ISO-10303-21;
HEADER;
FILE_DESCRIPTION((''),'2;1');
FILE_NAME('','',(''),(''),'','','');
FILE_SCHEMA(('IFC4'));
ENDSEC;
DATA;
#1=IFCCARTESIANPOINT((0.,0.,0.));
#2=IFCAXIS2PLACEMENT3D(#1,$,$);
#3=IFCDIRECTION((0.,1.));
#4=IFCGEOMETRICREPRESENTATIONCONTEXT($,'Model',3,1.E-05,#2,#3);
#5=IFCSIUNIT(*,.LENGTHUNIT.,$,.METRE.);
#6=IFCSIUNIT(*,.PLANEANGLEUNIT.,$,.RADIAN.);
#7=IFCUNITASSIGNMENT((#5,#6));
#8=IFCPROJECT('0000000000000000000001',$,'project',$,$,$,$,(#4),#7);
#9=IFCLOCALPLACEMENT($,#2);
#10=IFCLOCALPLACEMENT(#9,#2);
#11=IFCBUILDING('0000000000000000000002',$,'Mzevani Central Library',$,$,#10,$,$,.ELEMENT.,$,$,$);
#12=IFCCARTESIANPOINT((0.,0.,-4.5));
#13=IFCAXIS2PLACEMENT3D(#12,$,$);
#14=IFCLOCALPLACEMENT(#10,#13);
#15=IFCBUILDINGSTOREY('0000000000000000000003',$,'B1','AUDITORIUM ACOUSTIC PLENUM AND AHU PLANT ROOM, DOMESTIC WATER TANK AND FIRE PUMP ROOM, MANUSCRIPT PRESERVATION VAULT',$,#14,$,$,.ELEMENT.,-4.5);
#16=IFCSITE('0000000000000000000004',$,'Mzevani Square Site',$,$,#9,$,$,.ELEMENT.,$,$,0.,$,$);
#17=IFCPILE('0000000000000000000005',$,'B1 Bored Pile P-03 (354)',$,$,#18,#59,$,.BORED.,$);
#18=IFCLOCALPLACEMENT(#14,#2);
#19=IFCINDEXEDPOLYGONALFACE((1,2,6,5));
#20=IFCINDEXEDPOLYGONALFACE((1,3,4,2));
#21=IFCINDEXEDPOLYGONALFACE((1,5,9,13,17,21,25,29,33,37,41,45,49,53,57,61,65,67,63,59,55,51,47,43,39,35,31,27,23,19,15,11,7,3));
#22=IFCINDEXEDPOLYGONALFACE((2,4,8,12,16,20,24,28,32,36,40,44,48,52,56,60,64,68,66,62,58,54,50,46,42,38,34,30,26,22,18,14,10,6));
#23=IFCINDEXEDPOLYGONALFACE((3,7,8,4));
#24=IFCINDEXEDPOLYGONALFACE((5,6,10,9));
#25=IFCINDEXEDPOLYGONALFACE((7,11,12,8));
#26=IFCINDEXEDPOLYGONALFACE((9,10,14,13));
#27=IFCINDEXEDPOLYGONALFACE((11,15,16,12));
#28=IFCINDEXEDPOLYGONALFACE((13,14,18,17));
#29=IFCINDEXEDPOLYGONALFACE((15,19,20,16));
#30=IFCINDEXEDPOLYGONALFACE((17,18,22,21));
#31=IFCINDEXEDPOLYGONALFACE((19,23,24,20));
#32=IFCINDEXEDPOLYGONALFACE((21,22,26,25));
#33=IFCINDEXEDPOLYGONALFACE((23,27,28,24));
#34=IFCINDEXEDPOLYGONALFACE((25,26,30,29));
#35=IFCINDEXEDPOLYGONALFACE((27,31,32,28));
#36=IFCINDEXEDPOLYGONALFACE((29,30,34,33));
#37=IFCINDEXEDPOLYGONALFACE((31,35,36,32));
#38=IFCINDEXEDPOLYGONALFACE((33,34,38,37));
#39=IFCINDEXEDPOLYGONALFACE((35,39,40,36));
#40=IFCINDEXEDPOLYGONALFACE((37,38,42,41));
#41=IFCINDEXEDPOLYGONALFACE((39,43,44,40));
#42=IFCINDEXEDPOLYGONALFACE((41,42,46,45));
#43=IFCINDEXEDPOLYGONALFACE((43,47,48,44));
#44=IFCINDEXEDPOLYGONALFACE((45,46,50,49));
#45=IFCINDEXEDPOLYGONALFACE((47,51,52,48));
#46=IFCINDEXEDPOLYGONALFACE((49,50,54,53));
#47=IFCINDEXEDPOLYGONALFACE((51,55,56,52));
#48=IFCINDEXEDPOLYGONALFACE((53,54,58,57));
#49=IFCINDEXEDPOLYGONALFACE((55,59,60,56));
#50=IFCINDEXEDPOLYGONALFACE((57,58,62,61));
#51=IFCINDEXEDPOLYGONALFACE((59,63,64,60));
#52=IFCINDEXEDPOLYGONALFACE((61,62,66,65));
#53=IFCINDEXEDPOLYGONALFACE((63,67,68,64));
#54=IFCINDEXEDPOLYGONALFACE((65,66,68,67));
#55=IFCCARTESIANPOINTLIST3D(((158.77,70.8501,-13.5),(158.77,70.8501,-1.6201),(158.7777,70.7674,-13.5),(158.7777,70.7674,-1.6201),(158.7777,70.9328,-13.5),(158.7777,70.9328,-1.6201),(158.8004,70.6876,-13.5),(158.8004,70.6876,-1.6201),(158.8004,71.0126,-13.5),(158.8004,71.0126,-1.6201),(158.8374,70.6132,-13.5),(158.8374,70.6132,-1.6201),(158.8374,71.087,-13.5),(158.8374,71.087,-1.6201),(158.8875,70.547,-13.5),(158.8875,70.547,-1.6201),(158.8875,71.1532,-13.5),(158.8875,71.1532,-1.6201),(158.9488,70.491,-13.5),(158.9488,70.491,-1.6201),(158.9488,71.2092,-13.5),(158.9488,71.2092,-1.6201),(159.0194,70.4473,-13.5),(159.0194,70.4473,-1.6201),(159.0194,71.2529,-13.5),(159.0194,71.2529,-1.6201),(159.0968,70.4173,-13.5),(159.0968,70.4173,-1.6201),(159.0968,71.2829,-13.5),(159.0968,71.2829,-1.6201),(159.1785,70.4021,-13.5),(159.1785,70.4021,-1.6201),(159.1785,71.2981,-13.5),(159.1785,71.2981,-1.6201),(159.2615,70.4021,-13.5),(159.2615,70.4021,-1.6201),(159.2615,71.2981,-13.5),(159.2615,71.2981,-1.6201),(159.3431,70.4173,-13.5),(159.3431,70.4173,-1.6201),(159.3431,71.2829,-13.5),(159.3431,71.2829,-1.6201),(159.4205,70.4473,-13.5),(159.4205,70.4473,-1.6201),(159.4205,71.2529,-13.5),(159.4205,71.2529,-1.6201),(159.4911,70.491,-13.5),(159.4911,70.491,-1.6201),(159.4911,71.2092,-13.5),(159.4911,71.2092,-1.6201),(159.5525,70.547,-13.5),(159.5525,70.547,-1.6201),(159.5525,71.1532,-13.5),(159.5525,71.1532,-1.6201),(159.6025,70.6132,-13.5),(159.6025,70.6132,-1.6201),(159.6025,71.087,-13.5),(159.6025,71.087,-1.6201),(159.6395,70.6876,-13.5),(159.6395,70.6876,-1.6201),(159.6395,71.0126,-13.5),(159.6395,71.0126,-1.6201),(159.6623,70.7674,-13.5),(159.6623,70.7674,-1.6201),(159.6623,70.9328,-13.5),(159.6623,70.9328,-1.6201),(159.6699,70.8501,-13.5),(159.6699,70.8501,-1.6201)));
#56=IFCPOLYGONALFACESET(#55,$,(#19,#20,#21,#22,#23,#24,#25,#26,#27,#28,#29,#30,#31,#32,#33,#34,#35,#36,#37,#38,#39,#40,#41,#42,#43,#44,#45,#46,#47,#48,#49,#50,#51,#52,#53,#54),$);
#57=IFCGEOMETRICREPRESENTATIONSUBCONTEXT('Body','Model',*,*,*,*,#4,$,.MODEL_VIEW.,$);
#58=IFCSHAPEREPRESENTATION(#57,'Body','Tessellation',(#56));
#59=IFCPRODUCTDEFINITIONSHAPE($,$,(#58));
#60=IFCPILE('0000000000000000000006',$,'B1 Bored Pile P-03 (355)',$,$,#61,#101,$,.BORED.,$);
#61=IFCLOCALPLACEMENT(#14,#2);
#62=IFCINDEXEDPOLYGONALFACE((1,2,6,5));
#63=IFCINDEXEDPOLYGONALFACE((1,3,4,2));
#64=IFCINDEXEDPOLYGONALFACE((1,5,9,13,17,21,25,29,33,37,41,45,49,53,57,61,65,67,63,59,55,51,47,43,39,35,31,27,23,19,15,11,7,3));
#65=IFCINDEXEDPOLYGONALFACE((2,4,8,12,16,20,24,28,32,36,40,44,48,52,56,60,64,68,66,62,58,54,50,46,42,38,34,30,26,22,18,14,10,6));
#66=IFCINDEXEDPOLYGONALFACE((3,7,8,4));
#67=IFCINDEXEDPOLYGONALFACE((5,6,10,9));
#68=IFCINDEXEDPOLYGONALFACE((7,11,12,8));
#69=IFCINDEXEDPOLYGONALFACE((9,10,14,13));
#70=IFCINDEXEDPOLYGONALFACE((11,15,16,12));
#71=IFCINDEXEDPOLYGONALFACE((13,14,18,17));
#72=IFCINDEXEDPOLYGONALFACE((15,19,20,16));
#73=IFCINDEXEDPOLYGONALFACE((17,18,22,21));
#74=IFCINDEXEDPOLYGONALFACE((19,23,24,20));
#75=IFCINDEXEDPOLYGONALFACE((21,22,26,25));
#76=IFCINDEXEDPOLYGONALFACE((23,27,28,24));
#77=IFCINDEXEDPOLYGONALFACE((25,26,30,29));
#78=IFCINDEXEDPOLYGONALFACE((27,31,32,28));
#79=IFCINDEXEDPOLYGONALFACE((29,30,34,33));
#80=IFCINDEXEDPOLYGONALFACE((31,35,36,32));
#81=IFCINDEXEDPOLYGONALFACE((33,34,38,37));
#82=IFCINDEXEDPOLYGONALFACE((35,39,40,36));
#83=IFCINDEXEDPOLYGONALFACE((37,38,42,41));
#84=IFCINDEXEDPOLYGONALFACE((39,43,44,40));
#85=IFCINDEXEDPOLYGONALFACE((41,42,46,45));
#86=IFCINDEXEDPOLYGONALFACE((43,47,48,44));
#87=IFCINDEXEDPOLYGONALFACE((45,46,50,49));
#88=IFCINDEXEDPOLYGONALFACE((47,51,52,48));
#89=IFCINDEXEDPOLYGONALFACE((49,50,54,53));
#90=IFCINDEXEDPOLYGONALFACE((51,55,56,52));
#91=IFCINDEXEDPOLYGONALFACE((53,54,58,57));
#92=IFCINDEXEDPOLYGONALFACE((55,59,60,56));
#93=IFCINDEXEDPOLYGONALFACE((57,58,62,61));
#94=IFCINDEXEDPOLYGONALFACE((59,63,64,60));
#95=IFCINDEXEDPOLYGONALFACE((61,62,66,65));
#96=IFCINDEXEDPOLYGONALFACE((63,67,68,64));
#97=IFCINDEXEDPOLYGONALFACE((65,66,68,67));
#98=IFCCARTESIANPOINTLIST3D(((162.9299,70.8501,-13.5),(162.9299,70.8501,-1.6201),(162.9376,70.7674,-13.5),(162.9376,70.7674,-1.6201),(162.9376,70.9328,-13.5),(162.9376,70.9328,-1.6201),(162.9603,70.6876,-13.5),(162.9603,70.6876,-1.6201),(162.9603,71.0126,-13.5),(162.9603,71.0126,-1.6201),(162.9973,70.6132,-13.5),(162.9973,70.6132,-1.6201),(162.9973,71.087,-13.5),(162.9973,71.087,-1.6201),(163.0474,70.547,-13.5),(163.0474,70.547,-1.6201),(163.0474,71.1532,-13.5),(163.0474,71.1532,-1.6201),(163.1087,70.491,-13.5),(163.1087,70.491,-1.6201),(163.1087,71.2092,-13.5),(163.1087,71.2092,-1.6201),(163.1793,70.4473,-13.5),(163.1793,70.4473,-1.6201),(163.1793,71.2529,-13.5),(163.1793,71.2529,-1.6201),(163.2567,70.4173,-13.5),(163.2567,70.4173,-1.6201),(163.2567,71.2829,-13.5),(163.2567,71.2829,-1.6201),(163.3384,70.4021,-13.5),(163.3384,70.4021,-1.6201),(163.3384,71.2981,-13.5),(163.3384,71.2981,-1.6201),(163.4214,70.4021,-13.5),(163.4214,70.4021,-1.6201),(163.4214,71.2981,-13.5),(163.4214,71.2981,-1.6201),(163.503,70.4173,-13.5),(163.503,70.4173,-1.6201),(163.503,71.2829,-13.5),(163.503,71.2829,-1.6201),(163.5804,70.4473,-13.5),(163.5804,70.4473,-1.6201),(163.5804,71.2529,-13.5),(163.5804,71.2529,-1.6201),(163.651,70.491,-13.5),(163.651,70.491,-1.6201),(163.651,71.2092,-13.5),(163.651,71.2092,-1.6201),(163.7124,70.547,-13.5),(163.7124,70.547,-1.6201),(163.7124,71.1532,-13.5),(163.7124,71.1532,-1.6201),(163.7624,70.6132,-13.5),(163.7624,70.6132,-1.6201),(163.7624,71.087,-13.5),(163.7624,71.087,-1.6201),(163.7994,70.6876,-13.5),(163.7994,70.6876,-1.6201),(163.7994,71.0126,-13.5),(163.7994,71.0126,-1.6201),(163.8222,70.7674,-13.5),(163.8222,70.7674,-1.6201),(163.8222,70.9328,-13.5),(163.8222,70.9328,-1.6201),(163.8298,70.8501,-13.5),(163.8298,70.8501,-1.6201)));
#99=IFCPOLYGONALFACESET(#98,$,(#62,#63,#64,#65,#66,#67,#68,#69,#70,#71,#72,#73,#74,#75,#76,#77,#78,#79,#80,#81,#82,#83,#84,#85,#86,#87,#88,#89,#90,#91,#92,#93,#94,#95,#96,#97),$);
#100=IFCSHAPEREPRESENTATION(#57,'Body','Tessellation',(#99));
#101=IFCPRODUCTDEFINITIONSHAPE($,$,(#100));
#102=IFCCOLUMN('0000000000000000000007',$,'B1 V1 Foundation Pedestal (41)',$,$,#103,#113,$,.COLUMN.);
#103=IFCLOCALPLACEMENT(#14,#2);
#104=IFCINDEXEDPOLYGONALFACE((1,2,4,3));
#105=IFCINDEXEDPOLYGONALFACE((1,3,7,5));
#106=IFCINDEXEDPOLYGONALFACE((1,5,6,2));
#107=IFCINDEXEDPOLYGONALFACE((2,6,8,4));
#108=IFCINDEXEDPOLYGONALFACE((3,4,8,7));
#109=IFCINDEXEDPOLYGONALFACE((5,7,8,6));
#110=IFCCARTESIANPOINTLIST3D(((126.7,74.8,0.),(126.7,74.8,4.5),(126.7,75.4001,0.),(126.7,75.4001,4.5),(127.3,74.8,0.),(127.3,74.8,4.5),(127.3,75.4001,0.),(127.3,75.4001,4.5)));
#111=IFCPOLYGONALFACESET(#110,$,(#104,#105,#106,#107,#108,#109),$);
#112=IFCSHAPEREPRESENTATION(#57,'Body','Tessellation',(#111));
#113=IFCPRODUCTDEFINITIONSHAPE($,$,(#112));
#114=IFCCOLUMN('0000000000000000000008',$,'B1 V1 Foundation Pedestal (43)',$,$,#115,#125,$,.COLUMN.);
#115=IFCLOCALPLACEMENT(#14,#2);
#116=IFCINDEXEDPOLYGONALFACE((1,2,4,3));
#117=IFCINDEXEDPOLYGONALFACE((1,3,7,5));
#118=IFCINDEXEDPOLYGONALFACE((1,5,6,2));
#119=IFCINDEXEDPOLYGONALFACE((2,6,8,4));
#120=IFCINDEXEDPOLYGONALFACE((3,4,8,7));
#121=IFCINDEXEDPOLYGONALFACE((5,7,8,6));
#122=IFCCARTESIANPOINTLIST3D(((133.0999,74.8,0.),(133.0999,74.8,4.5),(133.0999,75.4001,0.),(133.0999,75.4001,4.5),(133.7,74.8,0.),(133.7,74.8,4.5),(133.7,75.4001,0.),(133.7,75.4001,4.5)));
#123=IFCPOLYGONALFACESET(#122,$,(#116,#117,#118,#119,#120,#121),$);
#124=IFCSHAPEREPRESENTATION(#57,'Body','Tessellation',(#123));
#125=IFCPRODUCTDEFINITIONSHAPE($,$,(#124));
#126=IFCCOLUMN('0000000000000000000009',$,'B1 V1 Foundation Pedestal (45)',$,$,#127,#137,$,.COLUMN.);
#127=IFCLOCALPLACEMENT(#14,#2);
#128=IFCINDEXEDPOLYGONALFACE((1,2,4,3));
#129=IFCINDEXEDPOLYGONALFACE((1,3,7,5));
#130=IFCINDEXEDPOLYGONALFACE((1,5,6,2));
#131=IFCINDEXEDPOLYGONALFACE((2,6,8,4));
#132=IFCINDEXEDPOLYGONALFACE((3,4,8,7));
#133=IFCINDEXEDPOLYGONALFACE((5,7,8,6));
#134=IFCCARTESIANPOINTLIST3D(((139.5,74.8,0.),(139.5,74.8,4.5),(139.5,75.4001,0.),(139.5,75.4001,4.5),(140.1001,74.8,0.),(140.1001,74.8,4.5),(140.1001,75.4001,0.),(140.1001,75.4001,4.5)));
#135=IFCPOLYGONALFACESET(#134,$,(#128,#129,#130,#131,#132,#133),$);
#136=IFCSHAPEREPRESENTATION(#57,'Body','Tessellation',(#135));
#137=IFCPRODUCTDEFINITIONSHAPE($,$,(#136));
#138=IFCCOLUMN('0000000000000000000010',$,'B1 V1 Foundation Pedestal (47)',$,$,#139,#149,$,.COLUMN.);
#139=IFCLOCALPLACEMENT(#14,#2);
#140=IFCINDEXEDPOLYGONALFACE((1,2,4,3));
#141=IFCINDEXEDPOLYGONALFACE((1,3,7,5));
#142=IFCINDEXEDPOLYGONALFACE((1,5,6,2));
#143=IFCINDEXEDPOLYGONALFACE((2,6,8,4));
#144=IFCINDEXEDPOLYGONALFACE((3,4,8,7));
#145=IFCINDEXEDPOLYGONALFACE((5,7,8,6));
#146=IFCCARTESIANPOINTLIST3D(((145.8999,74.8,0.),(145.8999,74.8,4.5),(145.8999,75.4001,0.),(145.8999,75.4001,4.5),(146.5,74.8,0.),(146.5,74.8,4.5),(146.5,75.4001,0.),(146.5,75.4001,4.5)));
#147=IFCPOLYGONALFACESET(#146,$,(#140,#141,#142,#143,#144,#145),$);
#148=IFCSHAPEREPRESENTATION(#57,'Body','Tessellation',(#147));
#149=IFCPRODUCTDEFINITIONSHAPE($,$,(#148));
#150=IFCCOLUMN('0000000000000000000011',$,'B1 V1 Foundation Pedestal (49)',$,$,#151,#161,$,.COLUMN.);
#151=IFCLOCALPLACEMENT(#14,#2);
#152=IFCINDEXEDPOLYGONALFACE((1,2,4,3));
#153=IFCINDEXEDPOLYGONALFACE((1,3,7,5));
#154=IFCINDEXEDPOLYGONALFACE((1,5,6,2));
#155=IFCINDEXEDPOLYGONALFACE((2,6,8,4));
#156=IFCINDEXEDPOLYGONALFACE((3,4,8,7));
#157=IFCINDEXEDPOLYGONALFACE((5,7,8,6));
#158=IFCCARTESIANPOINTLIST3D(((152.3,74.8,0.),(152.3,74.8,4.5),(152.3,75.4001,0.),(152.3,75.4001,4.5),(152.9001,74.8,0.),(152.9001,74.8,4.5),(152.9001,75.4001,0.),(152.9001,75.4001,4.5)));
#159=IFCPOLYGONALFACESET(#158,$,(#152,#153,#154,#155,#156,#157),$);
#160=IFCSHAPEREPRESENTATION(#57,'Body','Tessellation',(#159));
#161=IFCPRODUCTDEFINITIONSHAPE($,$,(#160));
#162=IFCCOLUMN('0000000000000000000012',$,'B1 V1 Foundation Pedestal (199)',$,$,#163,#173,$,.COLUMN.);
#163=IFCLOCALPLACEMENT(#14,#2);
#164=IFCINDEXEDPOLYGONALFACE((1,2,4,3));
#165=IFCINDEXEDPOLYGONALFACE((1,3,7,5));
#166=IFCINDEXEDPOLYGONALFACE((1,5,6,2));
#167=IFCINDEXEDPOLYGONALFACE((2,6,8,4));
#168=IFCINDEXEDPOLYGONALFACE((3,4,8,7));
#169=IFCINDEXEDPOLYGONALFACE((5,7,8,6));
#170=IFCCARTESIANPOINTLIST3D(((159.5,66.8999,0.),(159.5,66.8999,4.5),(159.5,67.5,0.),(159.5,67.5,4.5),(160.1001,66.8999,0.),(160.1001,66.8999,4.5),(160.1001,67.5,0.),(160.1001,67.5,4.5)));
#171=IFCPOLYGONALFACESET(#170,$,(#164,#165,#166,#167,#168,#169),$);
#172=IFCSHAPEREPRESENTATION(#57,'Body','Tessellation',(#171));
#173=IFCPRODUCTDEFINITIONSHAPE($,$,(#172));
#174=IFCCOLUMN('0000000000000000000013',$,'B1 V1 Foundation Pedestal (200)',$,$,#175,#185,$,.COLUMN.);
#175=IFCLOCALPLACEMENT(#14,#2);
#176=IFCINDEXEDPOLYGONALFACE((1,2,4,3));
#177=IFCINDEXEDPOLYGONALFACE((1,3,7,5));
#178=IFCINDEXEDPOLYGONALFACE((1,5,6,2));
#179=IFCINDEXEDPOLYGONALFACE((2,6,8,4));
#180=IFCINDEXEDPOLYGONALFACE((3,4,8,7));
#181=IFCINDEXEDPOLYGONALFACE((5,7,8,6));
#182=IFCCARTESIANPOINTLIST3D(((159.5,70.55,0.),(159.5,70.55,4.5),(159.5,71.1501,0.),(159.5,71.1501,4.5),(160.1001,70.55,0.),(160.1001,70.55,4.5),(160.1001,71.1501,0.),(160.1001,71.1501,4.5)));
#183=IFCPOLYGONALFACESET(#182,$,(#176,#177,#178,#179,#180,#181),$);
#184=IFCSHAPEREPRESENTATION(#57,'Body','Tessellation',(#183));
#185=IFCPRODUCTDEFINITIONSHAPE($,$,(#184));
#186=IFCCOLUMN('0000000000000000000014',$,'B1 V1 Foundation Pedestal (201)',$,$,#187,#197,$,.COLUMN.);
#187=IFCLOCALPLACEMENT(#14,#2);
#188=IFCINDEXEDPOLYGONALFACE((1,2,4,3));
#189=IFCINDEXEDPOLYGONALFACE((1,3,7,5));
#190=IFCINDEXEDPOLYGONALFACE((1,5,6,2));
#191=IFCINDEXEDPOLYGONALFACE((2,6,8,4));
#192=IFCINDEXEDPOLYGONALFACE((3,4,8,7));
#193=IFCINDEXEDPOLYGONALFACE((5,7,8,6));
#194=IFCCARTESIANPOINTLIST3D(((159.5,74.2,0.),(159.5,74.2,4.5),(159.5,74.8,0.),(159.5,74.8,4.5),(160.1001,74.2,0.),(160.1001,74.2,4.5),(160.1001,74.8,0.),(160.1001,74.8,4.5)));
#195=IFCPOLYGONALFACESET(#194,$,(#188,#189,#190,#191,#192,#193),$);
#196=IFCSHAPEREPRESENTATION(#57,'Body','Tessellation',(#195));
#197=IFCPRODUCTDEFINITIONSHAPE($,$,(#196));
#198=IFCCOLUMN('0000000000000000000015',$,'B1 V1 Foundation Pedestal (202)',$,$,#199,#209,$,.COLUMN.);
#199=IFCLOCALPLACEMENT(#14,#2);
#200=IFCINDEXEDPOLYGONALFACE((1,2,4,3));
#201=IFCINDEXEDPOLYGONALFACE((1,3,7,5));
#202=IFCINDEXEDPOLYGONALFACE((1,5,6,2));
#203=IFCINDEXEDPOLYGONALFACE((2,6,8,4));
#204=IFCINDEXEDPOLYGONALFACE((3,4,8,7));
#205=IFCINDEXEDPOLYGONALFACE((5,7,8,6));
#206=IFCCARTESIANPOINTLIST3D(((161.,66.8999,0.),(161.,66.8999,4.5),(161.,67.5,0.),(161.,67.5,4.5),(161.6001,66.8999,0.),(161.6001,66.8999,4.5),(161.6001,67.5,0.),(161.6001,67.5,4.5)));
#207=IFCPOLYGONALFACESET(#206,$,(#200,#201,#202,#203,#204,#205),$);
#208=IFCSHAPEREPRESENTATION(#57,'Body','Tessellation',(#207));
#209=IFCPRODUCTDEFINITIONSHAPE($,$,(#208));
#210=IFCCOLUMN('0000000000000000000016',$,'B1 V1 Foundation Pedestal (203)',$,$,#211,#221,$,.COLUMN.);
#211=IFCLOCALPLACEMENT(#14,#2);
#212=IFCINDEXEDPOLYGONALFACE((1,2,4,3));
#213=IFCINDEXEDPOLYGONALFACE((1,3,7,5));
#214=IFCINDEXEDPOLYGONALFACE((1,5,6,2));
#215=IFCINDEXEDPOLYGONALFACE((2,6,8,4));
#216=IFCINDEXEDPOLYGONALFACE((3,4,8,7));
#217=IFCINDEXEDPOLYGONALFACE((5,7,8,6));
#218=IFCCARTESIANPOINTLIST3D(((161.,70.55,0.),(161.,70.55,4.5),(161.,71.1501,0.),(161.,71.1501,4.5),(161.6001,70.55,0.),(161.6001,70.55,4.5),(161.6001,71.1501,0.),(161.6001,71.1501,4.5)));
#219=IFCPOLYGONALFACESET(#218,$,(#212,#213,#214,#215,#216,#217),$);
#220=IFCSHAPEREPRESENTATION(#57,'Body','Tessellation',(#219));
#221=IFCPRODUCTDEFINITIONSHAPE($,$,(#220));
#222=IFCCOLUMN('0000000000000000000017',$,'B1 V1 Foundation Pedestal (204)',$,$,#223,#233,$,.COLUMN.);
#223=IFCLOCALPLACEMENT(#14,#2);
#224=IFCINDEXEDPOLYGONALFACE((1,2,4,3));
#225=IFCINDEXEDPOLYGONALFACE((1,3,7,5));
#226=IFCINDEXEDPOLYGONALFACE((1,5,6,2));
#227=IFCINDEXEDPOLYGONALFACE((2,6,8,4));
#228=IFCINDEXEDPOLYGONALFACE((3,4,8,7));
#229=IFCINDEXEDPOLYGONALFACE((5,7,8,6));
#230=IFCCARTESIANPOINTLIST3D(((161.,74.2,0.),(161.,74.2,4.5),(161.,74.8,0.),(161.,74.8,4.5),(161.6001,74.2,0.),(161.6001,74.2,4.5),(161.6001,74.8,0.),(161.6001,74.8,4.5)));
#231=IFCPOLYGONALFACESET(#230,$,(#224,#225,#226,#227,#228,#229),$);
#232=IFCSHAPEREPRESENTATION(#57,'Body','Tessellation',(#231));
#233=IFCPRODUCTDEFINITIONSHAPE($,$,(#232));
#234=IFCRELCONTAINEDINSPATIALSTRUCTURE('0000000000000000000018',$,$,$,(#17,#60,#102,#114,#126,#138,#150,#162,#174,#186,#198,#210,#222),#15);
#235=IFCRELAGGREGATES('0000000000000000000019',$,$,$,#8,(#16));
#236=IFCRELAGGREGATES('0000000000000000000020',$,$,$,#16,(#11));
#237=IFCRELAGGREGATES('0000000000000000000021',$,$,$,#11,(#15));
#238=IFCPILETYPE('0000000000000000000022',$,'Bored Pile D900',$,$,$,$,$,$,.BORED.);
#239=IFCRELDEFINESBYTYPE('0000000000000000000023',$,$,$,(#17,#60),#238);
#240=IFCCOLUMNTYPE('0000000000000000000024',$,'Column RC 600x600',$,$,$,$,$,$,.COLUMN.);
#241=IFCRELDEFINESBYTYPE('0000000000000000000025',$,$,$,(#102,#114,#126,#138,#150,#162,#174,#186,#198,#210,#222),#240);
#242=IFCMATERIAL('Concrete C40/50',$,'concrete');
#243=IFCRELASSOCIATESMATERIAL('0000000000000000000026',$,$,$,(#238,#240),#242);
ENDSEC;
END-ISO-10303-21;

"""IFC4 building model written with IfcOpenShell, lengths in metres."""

from ifc_helpers import new_model, si_unit, direction, frame, origin, origin_2d, place, context, subcontext, project, spatial, rectangle, circle, extrude, material, material_profile, profile_set, type_object, element, save


model = new_model("IFC4")

# Units and contexts
model_context = context("Model", 3, precision=1e-05, world=origin(), true_north=direction((0.0, 1.0)))
body_context = subcontext(model_context, "Body", "Model", "MODEL_VIEW")
ifc_project = project(units=[si_unit("LENGTHUNIT", "METRE"), si_unit("PLANEANGLEUNIT", "RADIAN")], contexts=[model_context])

# Site, building, storey
site_placement = place(None, origin())
site = spatial("IfcSite", under=ifc_project, at=site_placement, Name="Mzevani Square Site", CompositionType="ELEMENT", RefElevation=0.0)
building_placement = place(site_placement, origin())
building = spatial("IfcBuilding", under=site, at=building_placement, Name="Mzevani Central Library", CompositionType="ELEMENT")
storey_placement = place(building_placement, frame((0.0, 0.0, -4.5)))
storey = spatial("IfcBuildingStorey", under=building, at=storey_placement, Name="B1", Description="AUDITORIUM ACOUSTIC PLENUM AND AHU PLANT ROOM, DOMESTIC WATER TANK AND FIRE PUMP ROOM, MANUSCRIPT PRESERVATION VAULT", CompositionType="ELEMENT", Elevation=-4.5)

# Piles
ifc_material_1 = material(Name="Concrete C40/50", Category="concrete")
ifc_material_profile_1 = material_profile(ifc_material_1, circle(Radius=0.45, at=origin_2d()), Name="PILE D900")
ifc_profile_set_1 = profile_set([ifc_material_profile_1], Name="Concrete C40/50")
pile_type_1 = type_object("IfcPileType", Name="Bored Pile D900", PredefinedType="BORED", material=ifc_profile_set_1)
for number, where, z_axis, x_axis, name in (
    (1, (159.22, 70.8501, -1.6201), (0.0, 0.0, -1.0), (1.0, 0.0, 0.0), "B1 Bored Pile P-03 (354)"),
    (2, (163.3799, 70.8501, -1.6201), (0.0, 0.0, -1.0), (1.0, 0.0, 0.0), "B1 Bored Pile P-03 (355)"),
):
    element("IfcPile", number, at=place(storey_placement, frame(where, z_axis=z_axis, x_axis=x_axis)), inside=storey, type_object=pile_type_1, Name=name, PredefinedType="BORED", context=body_context, shape_type="SweptSolid", body=[
        extrude(circle(Radius=0.45, at=origin_2d()), origin(), (0.0, 0.0, 1.0), 11.8799),
    ])

# Columns
ifc_material_profile_2 = material_profile(ifc_material_1, rectangle(XDim=0.6001, YDim=0.6001, at=origin_2d()), Name="RC 600x600")
ifc_profile_set_2 = profile_set([ifc_material_profile_2], Name="Concrete C40/50")
column_type = type_object("IfcColumnType", Name="Column RC 600x600", PredefinedType="COLUMN", material=ifc_profile_set_2)
for number, where, z_axis, x_axis, name in (
    (3, (127.0, 75.1001, 0.0), (0.0, 0.0, 1.0), (1.0, 0.0, 0.0), "B1 V1 Foundation Pedestal (41)"),
    (4, (133.3999, 75.1001, 0.0), (0.0, 0.0, 1.0), (1.0, 0.0, 0.0), "B1 V1 Foundation Pedestal (43)"),
    (5, (139.8, 75.1001, 0.0), (0.0, 0.0, 1.0), (1.0, 0.0, 0.0), "B1 V1 Foundation Pedestal (45)"),
    (6, (146.2, 75.1001, 0.0), (0.0, 0.0, 1.0), (1.0, 0.0, 0.0), "B1 V1 Foundation Pedestal (47)"),
    (7, (152.6001, 75.1001, 0.0), (0.0, 0.0, 1.0), (1.0, 0.0, 0.0), "B1 V1 Foundation Pedestal (49)"),
    (8, (159.8, 67.2, 0.0), (0.0, 0.0, 1.0), (1.0, 0.0, 0.0), "B1 V1 Foundation Pedestal (199)"),
    (9, (159.8, 70.8501, 0.0), (0.0, 0.0, 1.0), (1.0, 0.0, 0.0), "B1 V1 Foundation Pedestal (200)"),
    (10, (159.8, 74.5, 0.0), (0.0, 0.0, 1.0), (1.0, 0.0, 0.0), "B1 V1 Foundation Pedestal (201)"),
    (11, (161.3, 67.2, 0.0), (0.0, 0.0, 1.0), (1.0, 0.0, 0.0), "B1 V1 Foundation Pedestal (202)"),
    (12, (161.3, 70.8501, 0.0), (0.0, 0.0, 1.0), (1.0, 0.0, 0.0), "B1 V1 Foundation Pedestal (203)"),
    (13, (161.3, 74.5, 0.0), (0.0, 0.0, 1.0), (1.0, 0.0, 0.0), "B1 V1 Foundation Pedestal (204)"),
):
    element("IfcColumn", number, at=place(storey_placement, frame(where, z_axis=z_axis, x_axis=x_axis)), inside=storey, type_object=column_type, Name=name, PredefinedType="COLUMN", context=body_context, shape_type="SweptSolid", body=[
        extrude(rectangle(XDim=0.6001, YDim=0.6001, at=origin_2d()), origin(), (0.0, 0.0, 1.0), 4.5),
    ])

save(model, "model.ifc")
